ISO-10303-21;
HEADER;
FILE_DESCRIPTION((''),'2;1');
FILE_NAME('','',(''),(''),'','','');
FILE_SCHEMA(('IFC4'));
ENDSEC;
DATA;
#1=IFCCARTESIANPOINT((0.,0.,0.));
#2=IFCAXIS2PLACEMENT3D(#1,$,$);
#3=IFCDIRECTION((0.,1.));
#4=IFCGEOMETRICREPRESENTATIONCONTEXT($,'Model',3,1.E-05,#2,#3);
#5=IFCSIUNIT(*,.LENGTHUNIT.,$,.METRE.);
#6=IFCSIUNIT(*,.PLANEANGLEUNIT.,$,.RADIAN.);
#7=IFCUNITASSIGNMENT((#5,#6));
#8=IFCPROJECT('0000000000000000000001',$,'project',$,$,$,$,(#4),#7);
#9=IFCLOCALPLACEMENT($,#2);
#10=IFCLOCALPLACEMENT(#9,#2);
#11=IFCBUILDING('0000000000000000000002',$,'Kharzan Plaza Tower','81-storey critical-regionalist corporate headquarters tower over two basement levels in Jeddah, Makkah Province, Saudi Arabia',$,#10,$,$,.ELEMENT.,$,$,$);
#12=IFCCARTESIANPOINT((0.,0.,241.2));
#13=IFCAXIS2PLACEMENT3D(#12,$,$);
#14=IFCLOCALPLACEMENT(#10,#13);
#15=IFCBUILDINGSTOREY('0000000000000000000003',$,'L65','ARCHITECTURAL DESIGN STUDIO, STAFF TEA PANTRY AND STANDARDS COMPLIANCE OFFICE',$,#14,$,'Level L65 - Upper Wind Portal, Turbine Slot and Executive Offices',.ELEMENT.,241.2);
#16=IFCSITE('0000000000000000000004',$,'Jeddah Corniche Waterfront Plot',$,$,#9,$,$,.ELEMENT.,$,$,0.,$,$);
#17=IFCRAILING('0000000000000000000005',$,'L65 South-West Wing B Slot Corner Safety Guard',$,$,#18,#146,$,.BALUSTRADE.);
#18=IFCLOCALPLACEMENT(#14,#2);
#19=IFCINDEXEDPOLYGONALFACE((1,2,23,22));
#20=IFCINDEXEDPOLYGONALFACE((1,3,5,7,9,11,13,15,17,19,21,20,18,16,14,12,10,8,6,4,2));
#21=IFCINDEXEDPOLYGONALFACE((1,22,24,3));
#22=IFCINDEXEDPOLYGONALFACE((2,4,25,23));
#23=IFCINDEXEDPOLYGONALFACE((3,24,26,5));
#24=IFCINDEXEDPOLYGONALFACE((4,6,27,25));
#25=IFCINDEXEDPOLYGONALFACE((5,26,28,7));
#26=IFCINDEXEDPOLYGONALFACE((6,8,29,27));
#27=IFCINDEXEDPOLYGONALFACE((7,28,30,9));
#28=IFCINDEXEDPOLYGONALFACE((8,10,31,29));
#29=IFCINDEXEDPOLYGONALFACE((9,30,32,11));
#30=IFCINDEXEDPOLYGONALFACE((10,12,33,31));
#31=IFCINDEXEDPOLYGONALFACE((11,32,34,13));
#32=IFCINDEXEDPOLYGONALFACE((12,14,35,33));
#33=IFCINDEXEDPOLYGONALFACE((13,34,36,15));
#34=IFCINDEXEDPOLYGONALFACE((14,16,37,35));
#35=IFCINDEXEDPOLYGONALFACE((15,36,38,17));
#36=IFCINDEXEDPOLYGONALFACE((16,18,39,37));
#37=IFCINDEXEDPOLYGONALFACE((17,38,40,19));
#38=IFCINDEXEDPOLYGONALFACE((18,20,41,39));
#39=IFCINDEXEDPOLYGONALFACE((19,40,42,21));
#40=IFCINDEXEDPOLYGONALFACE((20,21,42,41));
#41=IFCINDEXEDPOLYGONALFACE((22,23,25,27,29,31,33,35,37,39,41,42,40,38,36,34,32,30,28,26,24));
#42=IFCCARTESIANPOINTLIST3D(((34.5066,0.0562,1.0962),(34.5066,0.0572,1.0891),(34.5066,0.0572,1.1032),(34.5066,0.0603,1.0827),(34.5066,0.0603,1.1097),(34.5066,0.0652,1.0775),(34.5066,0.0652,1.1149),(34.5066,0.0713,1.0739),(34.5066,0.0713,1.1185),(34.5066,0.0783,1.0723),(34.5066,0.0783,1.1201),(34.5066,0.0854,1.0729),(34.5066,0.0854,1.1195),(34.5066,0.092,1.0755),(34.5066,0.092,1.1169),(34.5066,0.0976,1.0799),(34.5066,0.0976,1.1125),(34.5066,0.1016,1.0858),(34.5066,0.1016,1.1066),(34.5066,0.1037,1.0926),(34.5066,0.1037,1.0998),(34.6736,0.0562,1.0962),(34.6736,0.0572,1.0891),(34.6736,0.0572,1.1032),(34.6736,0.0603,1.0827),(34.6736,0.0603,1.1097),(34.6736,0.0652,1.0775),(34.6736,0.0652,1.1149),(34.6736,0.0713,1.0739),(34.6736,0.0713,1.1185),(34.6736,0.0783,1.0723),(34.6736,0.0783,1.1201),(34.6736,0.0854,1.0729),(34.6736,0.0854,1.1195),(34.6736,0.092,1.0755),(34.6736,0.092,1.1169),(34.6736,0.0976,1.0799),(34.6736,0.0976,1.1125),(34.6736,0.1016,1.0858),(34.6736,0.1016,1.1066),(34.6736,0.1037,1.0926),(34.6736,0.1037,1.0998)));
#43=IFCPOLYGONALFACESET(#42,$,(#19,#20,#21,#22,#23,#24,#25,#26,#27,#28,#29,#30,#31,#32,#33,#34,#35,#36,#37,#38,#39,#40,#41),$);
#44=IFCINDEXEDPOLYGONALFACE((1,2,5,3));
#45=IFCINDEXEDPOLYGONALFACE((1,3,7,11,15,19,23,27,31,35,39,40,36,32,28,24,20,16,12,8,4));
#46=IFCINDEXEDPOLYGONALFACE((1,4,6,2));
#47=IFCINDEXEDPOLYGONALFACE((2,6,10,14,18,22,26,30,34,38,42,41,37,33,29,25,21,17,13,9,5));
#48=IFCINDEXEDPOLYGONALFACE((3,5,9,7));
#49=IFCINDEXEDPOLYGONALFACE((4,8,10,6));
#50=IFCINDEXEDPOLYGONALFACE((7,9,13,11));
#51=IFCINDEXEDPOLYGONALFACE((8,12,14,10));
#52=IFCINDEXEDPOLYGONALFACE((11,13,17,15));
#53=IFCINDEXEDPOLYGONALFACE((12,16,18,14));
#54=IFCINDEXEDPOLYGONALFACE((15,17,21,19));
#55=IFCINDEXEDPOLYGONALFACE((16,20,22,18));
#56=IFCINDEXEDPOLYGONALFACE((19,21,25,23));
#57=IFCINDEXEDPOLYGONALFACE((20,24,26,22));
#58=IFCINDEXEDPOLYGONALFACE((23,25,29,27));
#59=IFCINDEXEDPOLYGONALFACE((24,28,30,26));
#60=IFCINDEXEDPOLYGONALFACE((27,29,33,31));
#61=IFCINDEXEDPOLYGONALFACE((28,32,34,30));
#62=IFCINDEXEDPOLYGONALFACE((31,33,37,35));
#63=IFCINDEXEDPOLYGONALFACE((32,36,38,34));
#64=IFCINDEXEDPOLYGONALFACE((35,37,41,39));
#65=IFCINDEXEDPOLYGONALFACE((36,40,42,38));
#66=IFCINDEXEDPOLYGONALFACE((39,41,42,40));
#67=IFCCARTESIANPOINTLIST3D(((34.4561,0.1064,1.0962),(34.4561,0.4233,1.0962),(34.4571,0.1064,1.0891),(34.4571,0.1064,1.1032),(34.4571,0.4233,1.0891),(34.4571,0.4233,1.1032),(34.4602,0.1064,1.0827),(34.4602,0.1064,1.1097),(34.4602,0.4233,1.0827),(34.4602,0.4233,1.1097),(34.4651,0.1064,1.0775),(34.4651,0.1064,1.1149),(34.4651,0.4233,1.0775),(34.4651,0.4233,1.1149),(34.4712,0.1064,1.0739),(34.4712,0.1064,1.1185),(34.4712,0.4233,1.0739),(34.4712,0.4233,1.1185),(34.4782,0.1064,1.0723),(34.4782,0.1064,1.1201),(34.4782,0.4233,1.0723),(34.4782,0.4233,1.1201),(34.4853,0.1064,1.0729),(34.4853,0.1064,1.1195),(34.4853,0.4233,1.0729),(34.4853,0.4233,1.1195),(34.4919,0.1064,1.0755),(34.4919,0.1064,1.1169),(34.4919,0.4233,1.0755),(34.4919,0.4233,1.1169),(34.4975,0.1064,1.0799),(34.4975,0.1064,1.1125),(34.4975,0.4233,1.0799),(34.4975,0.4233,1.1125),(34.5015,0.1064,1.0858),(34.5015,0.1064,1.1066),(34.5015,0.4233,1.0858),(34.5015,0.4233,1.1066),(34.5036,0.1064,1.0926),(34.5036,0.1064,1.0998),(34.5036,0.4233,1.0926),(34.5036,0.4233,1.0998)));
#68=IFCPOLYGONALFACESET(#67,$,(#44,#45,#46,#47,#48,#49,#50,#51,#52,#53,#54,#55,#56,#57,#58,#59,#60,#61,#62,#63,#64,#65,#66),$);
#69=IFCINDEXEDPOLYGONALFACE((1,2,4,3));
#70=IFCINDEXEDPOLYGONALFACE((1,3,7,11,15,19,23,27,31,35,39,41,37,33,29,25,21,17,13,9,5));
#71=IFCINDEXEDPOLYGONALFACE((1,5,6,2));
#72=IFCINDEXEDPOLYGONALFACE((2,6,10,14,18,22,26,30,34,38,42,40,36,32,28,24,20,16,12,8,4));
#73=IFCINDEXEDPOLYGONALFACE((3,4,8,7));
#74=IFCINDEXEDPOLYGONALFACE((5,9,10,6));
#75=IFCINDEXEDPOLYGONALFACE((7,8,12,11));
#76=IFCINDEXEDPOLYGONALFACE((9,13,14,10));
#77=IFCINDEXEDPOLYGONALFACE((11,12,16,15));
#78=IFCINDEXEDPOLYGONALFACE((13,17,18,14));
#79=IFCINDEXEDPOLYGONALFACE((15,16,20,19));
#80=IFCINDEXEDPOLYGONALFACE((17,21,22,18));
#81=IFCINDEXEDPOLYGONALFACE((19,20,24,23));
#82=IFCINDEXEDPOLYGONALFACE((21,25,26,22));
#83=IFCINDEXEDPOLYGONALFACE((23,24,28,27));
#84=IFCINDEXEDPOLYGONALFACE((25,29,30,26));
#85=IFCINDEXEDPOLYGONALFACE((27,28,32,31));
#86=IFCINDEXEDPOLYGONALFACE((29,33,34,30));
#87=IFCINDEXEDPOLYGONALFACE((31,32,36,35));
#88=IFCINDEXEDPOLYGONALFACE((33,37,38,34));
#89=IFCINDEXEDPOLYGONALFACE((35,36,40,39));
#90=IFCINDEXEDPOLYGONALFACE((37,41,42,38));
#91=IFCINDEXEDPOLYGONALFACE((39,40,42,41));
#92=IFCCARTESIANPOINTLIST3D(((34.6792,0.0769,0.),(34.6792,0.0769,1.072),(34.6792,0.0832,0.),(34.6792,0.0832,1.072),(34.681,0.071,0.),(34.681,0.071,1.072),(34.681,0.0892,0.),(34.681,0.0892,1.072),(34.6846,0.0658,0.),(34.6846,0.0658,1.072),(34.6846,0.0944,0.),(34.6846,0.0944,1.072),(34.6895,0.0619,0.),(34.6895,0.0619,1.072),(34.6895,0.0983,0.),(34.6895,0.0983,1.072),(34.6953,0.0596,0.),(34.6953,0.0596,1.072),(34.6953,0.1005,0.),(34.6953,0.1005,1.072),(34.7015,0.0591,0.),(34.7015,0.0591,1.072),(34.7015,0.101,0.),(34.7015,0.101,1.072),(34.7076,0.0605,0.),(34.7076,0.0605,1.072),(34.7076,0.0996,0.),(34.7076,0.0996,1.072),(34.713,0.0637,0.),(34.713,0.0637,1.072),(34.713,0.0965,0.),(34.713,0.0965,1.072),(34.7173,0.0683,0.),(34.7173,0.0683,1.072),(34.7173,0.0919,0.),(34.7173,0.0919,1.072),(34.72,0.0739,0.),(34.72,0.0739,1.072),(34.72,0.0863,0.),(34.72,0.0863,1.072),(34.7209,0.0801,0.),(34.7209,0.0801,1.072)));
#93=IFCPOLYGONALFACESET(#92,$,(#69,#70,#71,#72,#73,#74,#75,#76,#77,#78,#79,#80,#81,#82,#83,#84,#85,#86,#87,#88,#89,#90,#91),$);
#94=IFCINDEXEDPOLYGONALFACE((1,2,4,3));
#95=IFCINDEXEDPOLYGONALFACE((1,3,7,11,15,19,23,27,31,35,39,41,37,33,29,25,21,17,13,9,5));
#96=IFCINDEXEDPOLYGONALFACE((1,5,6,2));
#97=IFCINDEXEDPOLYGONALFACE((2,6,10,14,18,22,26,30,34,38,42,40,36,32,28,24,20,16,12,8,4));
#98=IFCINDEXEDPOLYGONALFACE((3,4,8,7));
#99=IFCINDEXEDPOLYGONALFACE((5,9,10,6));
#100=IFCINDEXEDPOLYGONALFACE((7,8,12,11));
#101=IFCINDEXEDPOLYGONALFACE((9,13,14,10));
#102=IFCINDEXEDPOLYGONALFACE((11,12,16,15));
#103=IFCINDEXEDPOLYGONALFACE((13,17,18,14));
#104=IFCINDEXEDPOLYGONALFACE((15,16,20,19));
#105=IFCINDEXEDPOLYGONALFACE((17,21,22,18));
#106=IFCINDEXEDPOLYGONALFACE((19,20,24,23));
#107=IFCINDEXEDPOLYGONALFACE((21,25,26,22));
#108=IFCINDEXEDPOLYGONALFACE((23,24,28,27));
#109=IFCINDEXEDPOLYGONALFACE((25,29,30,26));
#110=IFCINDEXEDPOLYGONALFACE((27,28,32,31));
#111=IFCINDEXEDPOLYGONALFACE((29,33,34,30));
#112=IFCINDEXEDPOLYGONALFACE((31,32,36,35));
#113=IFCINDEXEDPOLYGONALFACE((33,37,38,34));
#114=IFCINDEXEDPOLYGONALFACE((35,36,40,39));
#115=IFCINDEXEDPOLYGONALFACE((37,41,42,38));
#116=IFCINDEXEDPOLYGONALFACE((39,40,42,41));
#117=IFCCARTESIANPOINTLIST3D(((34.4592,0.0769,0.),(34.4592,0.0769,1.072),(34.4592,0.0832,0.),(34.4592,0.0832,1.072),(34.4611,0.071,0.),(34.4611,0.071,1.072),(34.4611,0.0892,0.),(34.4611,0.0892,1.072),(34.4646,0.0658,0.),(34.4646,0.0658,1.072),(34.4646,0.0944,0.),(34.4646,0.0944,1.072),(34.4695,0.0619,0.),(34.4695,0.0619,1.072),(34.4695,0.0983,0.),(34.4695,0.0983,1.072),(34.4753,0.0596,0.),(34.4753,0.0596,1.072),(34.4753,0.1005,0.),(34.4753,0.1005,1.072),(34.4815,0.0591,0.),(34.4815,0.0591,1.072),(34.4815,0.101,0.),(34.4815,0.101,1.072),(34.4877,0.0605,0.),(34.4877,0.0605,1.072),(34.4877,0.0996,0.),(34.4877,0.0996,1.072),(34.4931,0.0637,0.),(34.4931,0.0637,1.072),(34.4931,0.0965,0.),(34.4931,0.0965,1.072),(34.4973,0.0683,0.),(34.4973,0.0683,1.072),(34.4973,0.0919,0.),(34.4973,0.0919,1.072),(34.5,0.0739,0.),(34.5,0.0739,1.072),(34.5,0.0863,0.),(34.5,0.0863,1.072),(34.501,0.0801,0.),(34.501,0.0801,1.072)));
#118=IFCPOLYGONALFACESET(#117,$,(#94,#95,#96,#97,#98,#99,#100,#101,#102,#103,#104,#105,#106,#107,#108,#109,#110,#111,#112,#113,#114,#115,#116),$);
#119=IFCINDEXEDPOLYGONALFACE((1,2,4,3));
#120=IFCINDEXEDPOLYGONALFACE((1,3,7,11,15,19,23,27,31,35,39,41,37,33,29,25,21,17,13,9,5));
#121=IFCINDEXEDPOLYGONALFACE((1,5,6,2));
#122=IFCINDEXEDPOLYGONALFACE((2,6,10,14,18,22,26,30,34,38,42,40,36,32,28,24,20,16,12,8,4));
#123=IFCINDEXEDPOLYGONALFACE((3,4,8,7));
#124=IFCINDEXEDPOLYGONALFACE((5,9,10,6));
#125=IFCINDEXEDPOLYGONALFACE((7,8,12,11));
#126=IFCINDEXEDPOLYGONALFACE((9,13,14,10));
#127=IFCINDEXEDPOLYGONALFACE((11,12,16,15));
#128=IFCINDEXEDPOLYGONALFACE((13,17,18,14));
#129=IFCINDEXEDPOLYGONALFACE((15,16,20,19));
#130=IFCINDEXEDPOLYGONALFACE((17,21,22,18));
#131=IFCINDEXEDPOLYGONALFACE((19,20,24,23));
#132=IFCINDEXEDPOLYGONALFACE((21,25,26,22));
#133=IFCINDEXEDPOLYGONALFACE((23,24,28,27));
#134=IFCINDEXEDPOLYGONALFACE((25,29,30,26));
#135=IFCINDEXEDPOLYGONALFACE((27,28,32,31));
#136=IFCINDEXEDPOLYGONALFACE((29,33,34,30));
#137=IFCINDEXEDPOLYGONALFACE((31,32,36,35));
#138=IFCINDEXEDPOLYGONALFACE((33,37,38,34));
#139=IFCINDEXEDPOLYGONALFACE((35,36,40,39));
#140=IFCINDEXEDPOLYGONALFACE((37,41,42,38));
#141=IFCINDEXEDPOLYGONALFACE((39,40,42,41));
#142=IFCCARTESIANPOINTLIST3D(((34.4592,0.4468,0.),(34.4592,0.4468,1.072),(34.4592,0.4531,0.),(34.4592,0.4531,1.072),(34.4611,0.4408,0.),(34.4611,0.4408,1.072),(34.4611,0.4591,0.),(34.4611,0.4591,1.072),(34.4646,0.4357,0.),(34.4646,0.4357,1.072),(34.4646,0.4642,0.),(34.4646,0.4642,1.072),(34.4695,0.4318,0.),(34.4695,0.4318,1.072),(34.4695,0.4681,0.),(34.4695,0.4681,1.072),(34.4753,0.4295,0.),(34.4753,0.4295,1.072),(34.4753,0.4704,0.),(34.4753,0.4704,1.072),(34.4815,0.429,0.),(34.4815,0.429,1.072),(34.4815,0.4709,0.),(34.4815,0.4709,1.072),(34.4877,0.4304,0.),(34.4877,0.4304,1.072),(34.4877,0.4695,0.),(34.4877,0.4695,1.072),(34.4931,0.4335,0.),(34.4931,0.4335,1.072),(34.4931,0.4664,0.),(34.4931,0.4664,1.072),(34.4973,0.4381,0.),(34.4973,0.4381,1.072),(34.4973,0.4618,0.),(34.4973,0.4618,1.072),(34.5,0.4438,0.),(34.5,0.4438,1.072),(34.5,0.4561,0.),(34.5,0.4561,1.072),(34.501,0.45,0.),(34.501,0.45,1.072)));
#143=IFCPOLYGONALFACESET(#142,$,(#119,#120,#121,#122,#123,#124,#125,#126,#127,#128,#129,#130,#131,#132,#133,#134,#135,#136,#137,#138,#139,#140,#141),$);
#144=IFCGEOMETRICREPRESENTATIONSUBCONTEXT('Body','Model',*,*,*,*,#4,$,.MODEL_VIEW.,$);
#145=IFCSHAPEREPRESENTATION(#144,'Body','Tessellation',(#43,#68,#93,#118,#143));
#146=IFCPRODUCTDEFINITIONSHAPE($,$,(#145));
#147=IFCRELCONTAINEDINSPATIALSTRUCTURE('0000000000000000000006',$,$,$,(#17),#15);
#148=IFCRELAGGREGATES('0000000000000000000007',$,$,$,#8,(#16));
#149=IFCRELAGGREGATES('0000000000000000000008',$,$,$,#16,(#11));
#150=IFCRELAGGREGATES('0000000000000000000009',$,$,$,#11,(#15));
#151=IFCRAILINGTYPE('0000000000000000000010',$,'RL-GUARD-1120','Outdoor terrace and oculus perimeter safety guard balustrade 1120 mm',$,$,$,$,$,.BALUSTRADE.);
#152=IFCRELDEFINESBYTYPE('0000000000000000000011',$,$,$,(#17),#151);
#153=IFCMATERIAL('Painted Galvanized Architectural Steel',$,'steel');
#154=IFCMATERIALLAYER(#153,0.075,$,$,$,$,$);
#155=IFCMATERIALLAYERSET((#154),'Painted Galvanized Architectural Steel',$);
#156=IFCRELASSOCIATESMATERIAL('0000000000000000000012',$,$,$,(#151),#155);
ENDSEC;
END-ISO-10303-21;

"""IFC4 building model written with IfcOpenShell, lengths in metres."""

from ifc_helpers import new_model, si_unit, direction, frame, origin, origin_2d, place, context, subcontext, project, spatial, circle, extrude, source, transform, mapped, material, layer, layer_set, type_object, element, save


model = new_model("IFC4")

# Units and contexts
model_context = context("Model", 3, precision=1e-05, world=origin(), true_north=direction((0.0, 1.0)))
body_context = subcontext(model_context, "Body", "Model", "MODEL_VIEW")
ifc_project = project(units=[si_unit("LENGTHUNIT", "METRE"), si_unit("PLANEANGLEUNIT", "RADIAN")], contexts=[model_context])

# Site, building, storey
site_placement = place(None, origin())
site = spatial("IfcSite", under=ifc_project, at=site_placement, Name="Jeddah Corniche Waterfront Plot", CompositionType="ELEMENT", RefElevation=0.0)
building_placement = place(site_placement, origin())
building = spatial("IfcBuilding", under=site, at=building_placement, Name="Kharzan Plaza Tower", Description="81-storey critical-regionalist corporate headquarters tower over two basement levels in Jeddah, Makkah Province, Saudi Arabia", CompositionType="ELEMENT")
storey_placement = place(building_placement, frame((0.0, 0.0, 241.2)))
storey = spatial("IfcBuildingStorey", under=building, at=storey_placement, Name="L65", Description="ARCHITECTURAL DESIGN STUDIO, STAFF TEA PANTRY AND STANDARDS COMPLIANCE OFFICE", LongName="Level L65 - Upper Wind Portal, Turbine Slot and Executive Offices", CompositionType="ELEMENT", Elevation=241.2)

# Railing
ifc_material_1 = material(Name="Painted Galvanized Architectural Steel", Category="steel")
ifc_layer_1 = layer(ifc_material_1, 0.075)
ifc_layer_set_1 = layer_set([ifc_layer_1], Name="Painted Galvanized Architectural Steel")
railing_type = type_object("IfcRailingType", Name="RL-GUARD-1120", Description="Outdoor terrace and oculus perimeter safety guard balustrade 1120 mm", PredefinedType="BALUSTRADE", material=ifc_layer_set_1)
shared_shape_1 = source(origin(), body_context, "Body", "SweptSolid", [
    extrude(circle(Radius=0.0239, at=origin_2d()), frame((-0.0264, 0.0, 1.0962), z_axis=(-1.0, 0.0, 0.0), x_axis=(0.0, -1.0, 0.0)), (0.0, 0.0, 1.0), 0.167),
    extrude(circle(Radius=0.0239, at=origin_2d()), frame((-0.22, 0.0264, 1.0962), z_axis=(0.0, 1.0, 0.0), x_axis=(-1.0, 0.0, 0.0)), (0.0, 0.0, 1.0), 0.3169),
    extrude(circle(Radius=0.021, at=origin_2d()), origin(), (0.0, 0.0, 1.0), 1.072),
    extrude(circle(Radius=0.021, at=origin_2d()), frame((-0.22, 0.0, 0.0)), (0.0, 0.0, 1.0), 1.072),
    extrude(circle(Radius=0.021, at=origin_2d()), frame((-0.22, 0.3699, 0.0)), (0.0, 0.0, 1.0), 1.072),
])
railing_1_placement = place(storey_placement, frame((34.7, 0.0801, 0.0)))
element("IfcRailing", 1, at=railing_1_placement, inside=storey, type_object=railing_type, Name="L65 South-West Wing B Slot Corner Safety Guard", PredefinedType="BALUSTRADE", context=body_context, shape_type="MappedRepresentation", body=[
    mapped(shared_shape_1, transform((0.0, 0.0, 0.0), x_axis=(1.0, 0.0, 0.0), y_axis=(0.0, 1.0, 0.0), z_axis=(0.0, 0.0, 1.0))),
])

save(model, "model.ifc")
